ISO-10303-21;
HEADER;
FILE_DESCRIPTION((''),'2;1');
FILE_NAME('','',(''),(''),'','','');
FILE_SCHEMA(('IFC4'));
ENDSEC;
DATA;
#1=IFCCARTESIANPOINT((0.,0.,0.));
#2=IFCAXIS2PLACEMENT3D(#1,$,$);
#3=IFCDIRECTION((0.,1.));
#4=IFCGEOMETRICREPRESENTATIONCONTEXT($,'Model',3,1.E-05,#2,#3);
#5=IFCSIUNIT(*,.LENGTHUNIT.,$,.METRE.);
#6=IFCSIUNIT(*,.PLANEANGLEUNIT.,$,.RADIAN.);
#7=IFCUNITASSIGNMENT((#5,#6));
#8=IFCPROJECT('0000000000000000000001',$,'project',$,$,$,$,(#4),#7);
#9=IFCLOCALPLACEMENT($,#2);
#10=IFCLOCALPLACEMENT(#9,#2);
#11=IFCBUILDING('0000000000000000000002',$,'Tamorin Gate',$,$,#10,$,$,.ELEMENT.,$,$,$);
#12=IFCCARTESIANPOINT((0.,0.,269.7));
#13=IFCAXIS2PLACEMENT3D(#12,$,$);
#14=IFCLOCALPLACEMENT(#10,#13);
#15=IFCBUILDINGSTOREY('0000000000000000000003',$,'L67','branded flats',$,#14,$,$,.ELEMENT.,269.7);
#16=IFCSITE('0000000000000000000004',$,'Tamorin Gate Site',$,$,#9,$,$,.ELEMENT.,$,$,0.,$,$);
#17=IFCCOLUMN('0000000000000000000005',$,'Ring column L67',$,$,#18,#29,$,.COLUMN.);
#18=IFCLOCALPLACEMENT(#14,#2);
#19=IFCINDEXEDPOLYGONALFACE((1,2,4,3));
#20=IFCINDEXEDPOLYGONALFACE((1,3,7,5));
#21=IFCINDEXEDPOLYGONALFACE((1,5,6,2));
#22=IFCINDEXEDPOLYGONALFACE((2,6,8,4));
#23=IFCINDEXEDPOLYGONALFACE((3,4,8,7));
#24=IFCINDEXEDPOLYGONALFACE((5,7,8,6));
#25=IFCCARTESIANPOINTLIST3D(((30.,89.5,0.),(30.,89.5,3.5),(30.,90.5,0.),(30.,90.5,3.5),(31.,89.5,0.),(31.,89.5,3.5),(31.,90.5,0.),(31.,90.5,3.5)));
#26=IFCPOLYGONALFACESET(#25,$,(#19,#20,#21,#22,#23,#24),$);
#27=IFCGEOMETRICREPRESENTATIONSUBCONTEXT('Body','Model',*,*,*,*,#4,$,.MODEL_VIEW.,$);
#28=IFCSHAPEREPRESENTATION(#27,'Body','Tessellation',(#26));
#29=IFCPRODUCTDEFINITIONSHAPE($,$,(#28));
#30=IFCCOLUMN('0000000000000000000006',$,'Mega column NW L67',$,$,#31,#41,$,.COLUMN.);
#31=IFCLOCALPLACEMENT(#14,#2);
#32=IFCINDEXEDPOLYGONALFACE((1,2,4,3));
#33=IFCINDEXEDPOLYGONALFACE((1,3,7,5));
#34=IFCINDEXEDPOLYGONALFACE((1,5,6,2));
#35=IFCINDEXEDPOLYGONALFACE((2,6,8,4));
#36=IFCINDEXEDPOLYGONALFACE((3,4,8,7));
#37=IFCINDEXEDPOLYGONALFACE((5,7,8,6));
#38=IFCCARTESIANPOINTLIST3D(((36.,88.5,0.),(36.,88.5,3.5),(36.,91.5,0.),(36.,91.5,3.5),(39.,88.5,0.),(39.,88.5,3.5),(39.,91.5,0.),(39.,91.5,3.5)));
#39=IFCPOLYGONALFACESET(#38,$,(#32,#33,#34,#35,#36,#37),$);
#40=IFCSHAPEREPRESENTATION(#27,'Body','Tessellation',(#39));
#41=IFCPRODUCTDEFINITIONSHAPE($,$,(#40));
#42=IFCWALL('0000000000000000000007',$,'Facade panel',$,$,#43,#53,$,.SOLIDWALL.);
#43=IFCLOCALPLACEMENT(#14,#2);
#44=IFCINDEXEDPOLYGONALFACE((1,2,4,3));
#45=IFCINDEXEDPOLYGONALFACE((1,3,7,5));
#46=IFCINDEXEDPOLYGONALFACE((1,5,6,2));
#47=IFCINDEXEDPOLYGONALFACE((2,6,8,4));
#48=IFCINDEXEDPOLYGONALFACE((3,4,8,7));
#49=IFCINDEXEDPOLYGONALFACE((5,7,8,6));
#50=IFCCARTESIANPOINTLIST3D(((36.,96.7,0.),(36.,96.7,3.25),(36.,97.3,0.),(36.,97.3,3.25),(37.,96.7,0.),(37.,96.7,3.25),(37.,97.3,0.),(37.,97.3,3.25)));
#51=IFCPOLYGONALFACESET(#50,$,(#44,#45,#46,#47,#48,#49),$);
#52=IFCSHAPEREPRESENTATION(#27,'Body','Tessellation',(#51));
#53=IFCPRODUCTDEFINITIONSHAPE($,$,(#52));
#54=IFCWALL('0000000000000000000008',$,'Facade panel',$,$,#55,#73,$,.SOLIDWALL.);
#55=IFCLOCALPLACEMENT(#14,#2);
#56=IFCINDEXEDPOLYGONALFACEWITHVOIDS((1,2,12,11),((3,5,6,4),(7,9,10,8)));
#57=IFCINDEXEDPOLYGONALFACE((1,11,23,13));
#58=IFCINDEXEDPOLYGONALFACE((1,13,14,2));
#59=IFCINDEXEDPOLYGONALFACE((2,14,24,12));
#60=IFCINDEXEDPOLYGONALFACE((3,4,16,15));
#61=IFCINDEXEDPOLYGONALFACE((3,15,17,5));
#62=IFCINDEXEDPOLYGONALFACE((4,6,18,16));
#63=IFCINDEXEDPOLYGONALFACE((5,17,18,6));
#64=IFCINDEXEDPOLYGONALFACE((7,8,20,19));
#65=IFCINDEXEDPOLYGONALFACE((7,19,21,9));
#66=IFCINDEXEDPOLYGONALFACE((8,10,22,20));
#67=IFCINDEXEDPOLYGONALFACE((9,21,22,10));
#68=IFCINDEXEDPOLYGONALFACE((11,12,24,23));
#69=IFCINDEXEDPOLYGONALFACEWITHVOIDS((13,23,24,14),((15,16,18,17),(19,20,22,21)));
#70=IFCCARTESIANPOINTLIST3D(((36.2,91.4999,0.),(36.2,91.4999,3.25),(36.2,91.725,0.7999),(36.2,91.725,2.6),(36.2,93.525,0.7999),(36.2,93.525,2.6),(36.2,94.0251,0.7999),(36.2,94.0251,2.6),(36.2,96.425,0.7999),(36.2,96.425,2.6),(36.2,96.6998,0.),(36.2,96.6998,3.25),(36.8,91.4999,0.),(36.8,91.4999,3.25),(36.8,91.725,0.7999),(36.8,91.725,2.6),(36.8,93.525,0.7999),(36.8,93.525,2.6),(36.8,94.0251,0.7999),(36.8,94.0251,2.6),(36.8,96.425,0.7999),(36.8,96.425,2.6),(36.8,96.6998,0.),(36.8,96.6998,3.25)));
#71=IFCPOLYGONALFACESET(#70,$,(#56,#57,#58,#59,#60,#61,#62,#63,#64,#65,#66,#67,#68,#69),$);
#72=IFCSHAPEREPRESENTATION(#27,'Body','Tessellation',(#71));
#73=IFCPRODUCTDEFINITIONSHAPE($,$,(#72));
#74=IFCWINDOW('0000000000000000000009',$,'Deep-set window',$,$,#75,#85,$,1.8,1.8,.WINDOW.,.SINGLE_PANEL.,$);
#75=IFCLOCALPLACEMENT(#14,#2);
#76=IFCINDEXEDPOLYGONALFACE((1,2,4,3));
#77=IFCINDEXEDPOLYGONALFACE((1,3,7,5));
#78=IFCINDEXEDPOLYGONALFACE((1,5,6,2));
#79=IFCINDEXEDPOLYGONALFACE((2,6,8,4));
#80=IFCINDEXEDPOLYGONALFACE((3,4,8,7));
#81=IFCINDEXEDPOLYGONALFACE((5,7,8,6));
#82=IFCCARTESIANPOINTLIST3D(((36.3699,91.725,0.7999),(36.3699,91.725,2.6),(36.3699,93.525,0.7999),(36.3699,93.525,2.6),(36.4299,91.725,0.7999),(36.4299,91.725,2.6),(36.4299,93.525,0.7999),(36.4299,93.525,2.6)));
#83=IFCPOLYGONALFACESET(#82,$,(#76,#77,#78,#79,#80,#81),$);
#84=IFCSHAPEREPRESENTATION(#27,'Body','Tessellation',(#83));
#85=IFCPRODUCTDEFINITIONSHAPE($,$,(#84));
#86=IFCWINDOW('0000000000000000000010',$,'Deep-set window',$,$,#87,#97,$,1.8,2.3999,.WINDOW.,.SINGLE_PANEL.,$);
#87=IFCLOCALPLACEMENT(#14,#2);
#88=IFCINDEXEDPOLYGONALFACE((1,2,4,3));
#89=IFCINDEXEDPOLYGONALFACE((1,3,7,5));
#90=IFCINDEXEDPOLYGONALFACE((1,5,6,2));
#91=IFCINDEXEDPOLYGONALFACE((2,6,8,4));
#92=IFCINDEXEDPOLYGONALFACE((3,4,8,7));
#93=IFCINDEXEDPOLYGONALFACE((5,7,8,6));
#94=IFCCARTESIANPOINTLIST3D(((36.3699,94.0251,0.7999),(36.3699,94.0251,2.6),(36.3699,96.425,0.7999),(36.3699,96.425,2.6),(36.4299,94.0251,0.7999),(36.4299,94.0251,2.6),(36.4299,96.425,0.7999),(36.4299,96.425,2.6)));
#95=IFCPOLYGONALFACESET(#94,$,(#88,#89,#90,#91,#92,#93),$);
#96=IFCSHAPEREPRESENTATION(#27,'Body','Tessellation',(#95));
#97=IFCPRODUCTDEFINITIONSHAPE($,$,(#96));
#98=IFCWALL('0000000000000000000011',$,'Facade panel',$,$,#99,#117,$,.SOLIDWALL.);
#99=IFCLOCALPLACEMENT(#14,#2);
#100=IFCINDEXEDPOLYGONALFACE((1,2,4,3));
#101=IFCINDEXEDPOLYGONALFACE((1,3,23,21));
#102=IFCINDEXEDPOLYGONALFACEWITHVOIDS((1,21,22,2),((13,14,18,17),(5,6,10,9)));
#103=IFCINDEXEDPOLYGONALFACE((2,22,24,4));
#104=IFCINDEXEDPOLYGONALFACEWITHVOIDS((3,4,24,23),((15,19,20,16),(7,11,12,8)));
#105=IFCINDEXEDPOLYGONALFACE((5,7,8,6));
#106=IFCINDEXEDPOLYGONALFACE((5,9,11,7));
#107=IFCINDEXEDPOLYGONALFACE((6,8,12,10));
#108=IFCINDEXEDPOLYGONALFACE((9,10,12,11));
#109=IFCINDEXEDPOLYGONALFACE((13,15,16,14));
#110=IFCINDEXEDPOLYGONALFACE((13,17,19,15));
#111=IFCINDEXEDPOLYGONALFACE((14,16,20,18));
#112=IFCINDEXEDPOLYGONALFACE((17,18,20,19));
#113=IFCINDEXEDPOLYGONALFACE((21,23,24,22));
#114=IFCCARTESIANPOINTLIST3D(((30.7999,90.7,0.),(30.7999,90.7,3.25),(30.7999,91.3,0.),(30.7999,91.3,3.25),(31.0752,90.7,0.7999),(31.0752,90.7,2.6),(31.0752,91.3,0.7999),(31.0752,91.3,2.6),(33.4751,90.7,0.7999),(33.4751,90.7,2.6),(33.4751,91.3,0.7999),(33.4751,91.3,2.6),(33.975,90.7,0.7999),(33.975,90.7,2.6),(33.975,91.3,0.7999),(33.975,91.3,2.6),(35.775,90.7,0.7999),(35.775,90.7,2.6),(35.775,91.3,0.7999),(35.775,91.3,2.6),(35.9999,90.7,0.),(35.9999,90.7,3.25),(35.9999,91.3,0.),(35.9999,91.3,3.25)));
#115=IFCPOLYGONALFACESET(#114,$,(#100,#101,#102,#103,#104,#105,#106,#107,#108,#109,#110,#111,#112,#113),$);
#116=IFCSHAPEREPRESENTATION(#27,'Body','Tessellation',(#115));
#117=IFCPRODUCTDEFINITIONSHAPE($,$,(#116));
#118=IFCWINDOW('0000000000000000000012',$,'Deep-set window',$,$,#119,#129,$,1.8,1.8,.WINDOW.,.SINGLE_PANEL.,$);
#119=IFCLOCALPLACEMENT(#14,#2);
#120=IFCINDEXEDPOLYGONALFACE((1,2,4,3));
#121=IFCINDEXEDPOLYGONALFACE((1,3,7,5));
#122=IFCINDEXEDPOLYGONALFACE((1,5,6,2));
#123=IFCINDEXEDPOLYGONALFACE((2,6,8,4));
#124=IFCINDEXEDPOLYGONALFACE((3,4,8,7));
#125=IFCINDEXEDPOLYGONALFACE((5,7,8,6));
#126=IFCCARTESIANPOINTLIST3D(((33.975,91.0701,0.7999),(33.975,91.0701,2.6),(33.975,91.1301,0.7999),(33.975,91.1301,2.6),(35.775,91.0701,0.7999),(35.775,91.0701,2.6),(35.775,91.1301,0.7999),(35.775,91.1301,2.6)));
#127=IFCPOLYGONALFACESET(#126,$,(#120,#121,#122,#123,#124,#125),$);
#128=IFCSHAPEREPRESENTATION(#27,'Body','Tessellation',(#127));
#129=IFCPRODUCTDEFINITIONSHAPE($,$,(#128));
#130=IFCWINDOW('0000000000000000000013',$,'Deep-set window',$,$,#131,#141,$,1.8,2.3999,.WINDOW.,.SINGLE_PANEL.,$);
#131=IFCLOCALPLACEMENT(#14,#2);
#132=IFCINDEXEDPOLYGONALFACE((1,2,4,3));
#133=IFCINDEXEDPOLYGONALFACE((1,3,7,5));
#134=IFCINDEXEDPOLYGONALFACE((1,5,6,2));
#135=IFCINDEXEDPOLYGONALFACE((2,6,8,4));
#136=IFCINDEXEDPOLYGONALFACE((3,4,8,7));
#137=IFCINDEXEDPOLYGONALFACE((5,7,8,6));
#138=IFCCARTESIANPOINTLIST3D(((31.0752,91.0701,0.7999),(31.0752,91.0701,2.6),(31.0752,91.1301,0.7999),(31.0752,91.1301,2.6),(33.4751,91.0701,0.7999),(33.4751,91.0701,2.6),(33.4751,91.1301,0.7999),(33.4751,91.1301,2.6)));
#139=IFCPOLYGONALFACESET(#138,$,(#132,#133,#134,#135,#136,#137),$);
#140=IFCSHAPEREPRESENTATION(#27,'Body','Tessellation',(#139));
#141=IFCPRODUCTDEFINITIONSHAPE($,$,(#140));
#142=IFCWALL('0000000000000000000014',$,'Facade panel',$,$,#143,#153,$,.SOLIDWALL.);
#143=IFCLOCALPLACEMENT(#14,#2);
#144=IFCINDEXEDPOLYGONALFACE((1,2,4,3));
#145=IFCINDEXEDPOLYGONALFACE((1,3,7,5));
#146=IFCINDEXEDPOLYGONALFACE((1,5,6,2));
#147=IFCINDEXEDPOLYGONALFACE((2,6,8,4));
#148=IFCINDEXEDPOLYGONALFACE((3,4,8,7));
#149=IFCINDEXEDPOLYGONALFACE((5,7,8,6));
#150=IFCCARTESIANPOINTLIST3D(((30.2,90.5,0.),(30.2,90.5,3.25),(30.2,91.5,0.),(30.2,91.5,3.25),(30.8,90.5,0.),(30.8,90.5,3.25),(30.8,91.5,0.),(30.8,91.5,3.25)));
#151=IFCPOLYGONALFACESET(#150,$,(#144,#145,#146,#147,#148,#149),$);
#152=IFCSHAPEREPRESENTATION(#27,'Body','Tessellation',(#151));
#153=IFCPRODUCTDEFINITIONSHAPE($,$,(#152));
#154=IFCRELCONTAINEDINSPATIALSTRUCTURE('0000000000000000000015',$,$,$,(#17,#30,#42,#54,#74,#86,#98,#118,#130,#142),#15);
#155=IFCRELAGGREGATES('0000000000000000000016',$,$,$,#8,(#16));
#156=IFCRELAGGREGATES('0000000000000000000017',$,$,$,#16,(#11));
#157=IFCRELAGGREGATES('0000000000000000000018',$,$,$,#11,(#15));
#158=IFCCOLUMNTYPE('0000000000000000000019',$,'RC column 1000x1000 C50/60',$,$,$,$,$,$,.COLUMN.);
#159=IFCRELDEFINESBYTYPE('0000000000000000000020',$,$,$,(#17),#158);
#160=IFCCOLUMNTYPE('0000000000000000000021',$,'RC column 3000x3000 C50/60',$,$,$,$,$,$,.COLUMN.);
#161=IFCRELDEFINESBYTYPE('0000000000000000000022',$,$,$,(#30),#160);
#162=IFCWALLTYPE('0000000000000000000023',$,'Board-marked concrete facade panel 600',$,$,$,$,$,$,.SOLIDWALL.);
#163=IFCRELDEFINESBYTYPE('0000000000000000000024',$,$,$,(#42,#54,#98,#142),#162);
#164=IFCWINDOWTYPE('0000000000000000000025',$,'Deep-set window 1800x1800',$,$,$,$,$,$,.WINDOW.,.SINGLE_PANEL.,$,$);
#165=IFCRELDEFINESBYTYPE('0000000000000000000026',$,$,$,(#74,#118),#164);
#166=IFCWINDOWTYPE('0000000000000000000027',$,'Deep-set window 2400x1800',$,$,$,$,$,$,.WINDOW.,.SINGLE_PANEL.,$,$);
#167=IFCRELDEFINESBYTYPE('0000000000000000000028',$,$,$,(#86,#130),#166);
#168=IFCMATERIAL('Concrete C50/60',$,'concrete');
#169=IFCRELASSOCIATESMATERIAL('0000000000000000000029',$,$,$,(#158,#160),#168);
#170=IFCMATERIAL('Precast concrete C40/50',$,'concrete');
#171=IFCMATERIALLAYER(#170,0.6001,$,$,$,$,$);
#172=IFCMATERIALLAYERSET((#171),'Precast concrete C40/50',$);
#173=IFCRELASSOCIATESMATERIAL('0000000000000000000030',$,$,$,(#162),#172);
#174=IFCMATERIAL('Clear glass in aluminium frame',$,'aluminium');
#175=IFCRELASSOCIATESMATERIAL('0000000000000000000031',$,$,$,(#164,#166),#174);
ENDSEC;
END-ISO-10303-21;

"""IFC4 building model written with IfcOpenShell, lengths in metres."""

from ifc_helpers import new_model, si_unit, direction, frame, frame_2d, origin, origin_2d, place, context, subcontext, project, spatial, rectangle, extrude, material, layer, layer_set, material_profile, profile_set, type_object, element, fill, save


model = new_model("IFC4")

# Units and contexts
model_context = context("Model", 3, precision=1e-05, world=origin(), true_north=direction((0.0, 1.0)))
body_context = subcontext(model_context, "Body", "Model", "MODEL_VIEW")
ifc_project = project(units=[si_unit("LENGTHUNIT", "METRE"), si_unit("PLANEANGLEUNIT", "RADIAN")], contexts=[model_context])

# Site, building, storey
site_placement = place(None, origin())
site = spatial("IfcSite", under=ifc_project, at=site_placement, Name="Tamorin Gate Site", CompositionType="ELEMENT", RefElevation=0.0)
building_placement = place(site_placement, origin())
building = spatial("IfcBuilding", under=site, at=building_placement, Name="Tamorin Gate", CompositionType="ELEMENT")
storey_placement = place(building_placement, frame((0.0, 0.0, 269.7)))
storey = spatial("IfcBuildingStorey", under=building, at=storey_placement, Name="L67", Description="branded flats", CompositionType="ELEMENT", Elevation=269.7)

# Columns
ifc_material_1 = material(Name="Concrete C50/60", Category="concrete")
ifc_material_profile_1 = material_profile(ifc_material_1, rectangle(XDim=1.0, YDim=1.0, at=origin_2d()), Name="RC 1000x1000")
ifc_profile_set_1 = profile_set([ifc_material_profile_1], Name="Concrete C50/60")
column_type_1 = type_object("IfcColumnType", Name="RC column 1000x1000 C50/60", PredefinedType="COLUMN", material=ifc_profile_set_1)
column_1_placement = place(storey_placement, frame((30.5, 90.0, 0.0), z_axis=(0.0, 0.0, 1.0), x_axis=(1.0, 0.0, 0.0)))
element("IfcColumn", 1, at=column_1_placement, inside=storey, type_object=column_type_1, Name="Ring column L67", PredefinedType="COLUMN", context=body_context, shape_type="SweptSolid", body=[
    extrude(rectangle(XDim=1.0, YDim=1.0, at=origin_2d()), origin(), (0.0, 0.0, 1.0), 3.5),
])
ifc_material_profile_2 = material_profile(ifc_material_1, rectangle(XDim=3.0, YDim=3.0, at=origin_2d()), Name="RC 3000x3000")
ifc_profile_set_2 = profile_set([ifc_material_profile_2], Name="Concrete C50/60")
column_type_2 = type_object("IfcColumnType", Name="RC column 3000x3000 C50/60", PredefinedType="COLUMN", material=ifc_profile_set_2)
column_2_placement = place(storey_placement, frame((37.5, 90.0, 0.0), z_axis=(0.0, 0.0, 1.0), x_axis=(1.0, 0.0, 0.0)))
element("IfcColumn", 2, at=column_2_placement, inside=storey, type_object=column_type_2, Name="Mega column NW L67", PredefinedType="COLUMN", context=body_context, shape_type="SweptSolid", body=[
    extrude(rectangle(XDim=3.0, YDim=3.0, at=origin_2d()), origin(), (0.0, 0.0, 1.0), 3.5),
])

# Wall
ifc_material_2 = material(Name="Precast concrete C40/50", Category="concrete")
ifc_layer = layer(ifc_material_2, 0.6001)
ifc_layer_set = layer_set([ifc_layer], Name="Precast concrete C40/50")
wall_type = type_object("IfcWallType", Name="Board-marked concrete facade panel 600", PredefinedType="SOLIDWALL", material=ifc_layer_set)
wall_1_placement = place(storey_placement, frame((37.0, 97.0, 0.0), z_axis=(0.0, 0.0, 1.0), x_axis=(-1.0, 0.0, 0.0)))
element("IfcWall", 3, at=wall_1_placement, inside=storey, type_object=wall_type, Name="Facade panel", PredefinedType="SOLIDWALL", context=body_context, shape_type="SweptSolid", body=[
    extrude(rectangle(XDim=1.0, YDim=0.6001, at=frame_2d((0.5, 0.0))), origin(), (0.0, 0.0, 1.0), 3.25),
])

# Walls, openings, windows
wall_2_placement = place(storey_placement, frame((36.5, 96.7, 0.0), z_axis=(0.0, 0.0, 1.0), x_axis=(0.0, -1.0, 0.0)))
wall_2 = element("IfcWall", 4, at=wall_2_placement, inside=storey, type_object=wall_type, Name="Facade panel", PredefinedType="SOLIDWALL", context=body_context, shape_type="SweptSolid", body=[
    extrude(rectangle(XDim=5.2, YDim=0.6001, at=frame_2d((2.6001, 0.0))), origin(), (0.0, 0.0, 1.0), 3.25),
])
opening_1_placement = place(wall_2_placement, frame((3.175, 0.0, 0.8)))
opening_1 = element("IfcOpeningElement", 5, at=opening_1_placement, cuts=wall_2, PredefinedType="OPENING", context=body_context, shape_type="SweptSolid", body=[
    extrude(rectangle(XDim=1.8, YDim=1.8, at=frame_2d((0.8999, 0.8999))), frame((0.0, 0.3101, 0.0), z_axis=(0.0, -1.0, 0.0), x_axis=(1.0, 0.0, 0.0)), (0.0, 0.0, 1.0), 0.6201),
])
opening_2_placement = place(wall_2_placement, frame((0.2749, 0.0, 0.8)))
opening_2 = element("IfcOpeningElement", 6, at=opening_2_placement, cuts=wall_2, PredefinedType="OPENING", context=body_context, shape_type="SweptSolid", body=[
    extrude(rectangle(XDim=2.3999, YDim=1.8, at=frame_2d((1.2, 0.8999))), frame((0.0, 0.3101, 0.0), z_axis=(0.0, -1.0, 0.0), x_axis=(1.0, 0.0, 0.0)), (0.0, 0.0, 1.0), 0.6201),
])
ifc_material_3 = material(Name="Clear glass in aluminium frame", Category="aluminium")
window_type_1 = type_object("IfcWindowType", Name="Deep-set window 1800x1800", PartitioningType="SINGLE_PANEL", PredefinedType="WINDOW", material=ifc_material_3)
window_1_placement = place(opening_1_placement, origin())
window_1 = element("IfcWindow", 7, at=window_1_placement, inside=storey, type_object=window_type_1, Name="Deep-set window", OverallHeight=1.8, OverallWidth=1.8, PartitioningType="SINGLE_PANEL", PredefinedType="WINDOW", context=body_context, shape_type="SweptSolid", body=[
    extrude(rectangle(XDim=1.8, YDim=1.8, at=frame_2d((0.8999, 0.8999))), frame((0.0, -0.0701, 0.0), z_axis=(0.0, -1.0, 0.0), x_axis=(1.0, 0.0, 0.0)), (0.0, 0.0, 1.0), 0.0601),
])
fill(opening_1, window_1)
window_type_2 = type_object("IfcWindowType", Name="Deep-set window 2400x1800", PartitioningType="SINGLE_PANEL", PredefinedType="WINDOW", material=ifc_material_3)
window_2_placement = place(opening_2_placement, origin())
window_2 = element("IfcWindow", 8, at=window_2_placement, inside=storey, type_object=window_type_2, Name="Deep-set window", OverallHeight=1.8, OverallWidth=2.3999, PartitioningType="SINGLE_PANEL", PredefinedType="WINDOW", context=body_context, shape_type="SweptSolid", body=[
    extrude(rectangle(XDim=2.3999, YDim=1.8, at=frame_2d((1.2, 0.8999))), frame((0.0, -0.0701, 0.0), z_axis=(0.0, -1.0, 0.0), x_axis=(1.0, 0.0, 0.0)), (0.0, 0.0, 1.0), 0.0601),
])
fill(opening_2, window_2)
wall_3_placement = place(storey_placement, frame((36.0, 91.0, 0.0), z_axis=(0.0, 0.0, 1.0), x_axis=(-1.0, 0.0, 0.0)))
wall_3 = element("IfcWall", 9, at=wall_3_placement, inside=storey, type_object=wall_type, Name="Facade panel", PredefinedType="SOLIDWALL", context=body_context, shape_type="SweptSolid", body=[
    extrude(rectangle(XDim=5.2, YDim=0.6001, at=frame_2d((2.6001, 0.0))), origin(), (0.0, 0.0, 1.0), 3.25),
])
opening_3_placement = place(wall_3_placement, frame((2.5249, 0.0, 0.8)))
opening_3 = element("IfcOpeningElement", 10, at=opening_3_placement, cuts=wall_3, PredefinedType="OPENING", context=body_context, shape_type="SweptSolid", body=[
    extrude(rectangle(XDim=2.3999, YDim=1.8, at=frame_2d((1.2, 0.8999))), frame((0.0, 0.3101, 0.0), z_axis=(0.0, -1.0, 0.0), x_axis=(1.0, 0.0, 0.0)), (0.0, 0.0, 1.0), 0.6201),
])
opening_4_placement = place(wall_3_placement, frame((0.2251, 0.0, 0.8)))
opening_4 = element("IfcOpeningElement", 11, at=opening_4_placement, cuts=wall_3, PredefinedType="OPENING", context=body_context, shape_type="SweptSolid", body=[
    extrude(rectangle(XDim=1.8, YDim=1.8, at=frame_2d((0.8999, 0.8999))), frame((0.0, 0.3101, 0.0), z_axis=(0.0, -1.0, 0.0), x_axis=(1.0, 0.0, 0.0)), (0.0, 0.0, 1.0), 0.6201),
])
window_3_placement = place(opening_4_placement, origin())
window_3 = element("IfcWindow", 12, at=window_3_placement, inside=storey, type_object=window_type_1, Name="Deep-set window", OverallHeight=1.8, OverallWidth=1.8, PartitioningType="SINGLE_PANEL", PredefinedType="WINDOW", context=body_context, shape_type="SweptSolid", body=[
    extrude(rectangle(XDim=1.8, YDim=1.8, at=frame_2d((0.8999, 0.8999))), frame((0.0, -0.0701, 0.0), z_axis=(0.0, -1.0, 0.0), x_axis=(1.0, 0.0, 0.0)), (0.0, 0.0, 1.0), 0.0601),
])
fill(opening_4, window_3)
window_4_placement = place(opening_3_placement, origin())
window_4 = element("IfcWindow", 13, at=window_4_placement, inside=storey, type_object=window_type_2, Name="Deep-set window", OverallHeight=1.8, OverallWidth=2.3999, PartitioningType="SINGLE_PANEL", PredefinedType="WINDOW", context=body_context, shape_type="SweptSolid", body=[
    extrude(rectangle(XDim=2.3999, YDim=1.8, at=frame_2d((1.2, 0.8999))), frame((0.0, -0.0701, 0.0), z_axis=(0.0, -1.0, 0.0), x_axis=(1.0, 0.0, 0.0)), (0.0, 0.0, 1.0), 0.0601),
])
fill(opening_3, window_4)

# Wall
wall_4_placement = place(storey_placement, frame((30.5, 91.5, 0.0), z_axis=(0.0, 0.0, 1.0), x_axis=(0.0, -1.0, 0.0)))
element("IfcWall", 14, at=wall_4_placement, inside=storey, type_object=wall_type, Name="Facade panel", PredefinedType="SOLIDWALL", context=body_context, shape_type="SweptSolid", body=[
    extrude(rectangle(XDim=1.0, YDim=0.6001, at=frame_2d((0.5, 0.0))), origin(), (0.0, 0.0, 1.0), 3.25),
])

save(model, "model.ifc")
